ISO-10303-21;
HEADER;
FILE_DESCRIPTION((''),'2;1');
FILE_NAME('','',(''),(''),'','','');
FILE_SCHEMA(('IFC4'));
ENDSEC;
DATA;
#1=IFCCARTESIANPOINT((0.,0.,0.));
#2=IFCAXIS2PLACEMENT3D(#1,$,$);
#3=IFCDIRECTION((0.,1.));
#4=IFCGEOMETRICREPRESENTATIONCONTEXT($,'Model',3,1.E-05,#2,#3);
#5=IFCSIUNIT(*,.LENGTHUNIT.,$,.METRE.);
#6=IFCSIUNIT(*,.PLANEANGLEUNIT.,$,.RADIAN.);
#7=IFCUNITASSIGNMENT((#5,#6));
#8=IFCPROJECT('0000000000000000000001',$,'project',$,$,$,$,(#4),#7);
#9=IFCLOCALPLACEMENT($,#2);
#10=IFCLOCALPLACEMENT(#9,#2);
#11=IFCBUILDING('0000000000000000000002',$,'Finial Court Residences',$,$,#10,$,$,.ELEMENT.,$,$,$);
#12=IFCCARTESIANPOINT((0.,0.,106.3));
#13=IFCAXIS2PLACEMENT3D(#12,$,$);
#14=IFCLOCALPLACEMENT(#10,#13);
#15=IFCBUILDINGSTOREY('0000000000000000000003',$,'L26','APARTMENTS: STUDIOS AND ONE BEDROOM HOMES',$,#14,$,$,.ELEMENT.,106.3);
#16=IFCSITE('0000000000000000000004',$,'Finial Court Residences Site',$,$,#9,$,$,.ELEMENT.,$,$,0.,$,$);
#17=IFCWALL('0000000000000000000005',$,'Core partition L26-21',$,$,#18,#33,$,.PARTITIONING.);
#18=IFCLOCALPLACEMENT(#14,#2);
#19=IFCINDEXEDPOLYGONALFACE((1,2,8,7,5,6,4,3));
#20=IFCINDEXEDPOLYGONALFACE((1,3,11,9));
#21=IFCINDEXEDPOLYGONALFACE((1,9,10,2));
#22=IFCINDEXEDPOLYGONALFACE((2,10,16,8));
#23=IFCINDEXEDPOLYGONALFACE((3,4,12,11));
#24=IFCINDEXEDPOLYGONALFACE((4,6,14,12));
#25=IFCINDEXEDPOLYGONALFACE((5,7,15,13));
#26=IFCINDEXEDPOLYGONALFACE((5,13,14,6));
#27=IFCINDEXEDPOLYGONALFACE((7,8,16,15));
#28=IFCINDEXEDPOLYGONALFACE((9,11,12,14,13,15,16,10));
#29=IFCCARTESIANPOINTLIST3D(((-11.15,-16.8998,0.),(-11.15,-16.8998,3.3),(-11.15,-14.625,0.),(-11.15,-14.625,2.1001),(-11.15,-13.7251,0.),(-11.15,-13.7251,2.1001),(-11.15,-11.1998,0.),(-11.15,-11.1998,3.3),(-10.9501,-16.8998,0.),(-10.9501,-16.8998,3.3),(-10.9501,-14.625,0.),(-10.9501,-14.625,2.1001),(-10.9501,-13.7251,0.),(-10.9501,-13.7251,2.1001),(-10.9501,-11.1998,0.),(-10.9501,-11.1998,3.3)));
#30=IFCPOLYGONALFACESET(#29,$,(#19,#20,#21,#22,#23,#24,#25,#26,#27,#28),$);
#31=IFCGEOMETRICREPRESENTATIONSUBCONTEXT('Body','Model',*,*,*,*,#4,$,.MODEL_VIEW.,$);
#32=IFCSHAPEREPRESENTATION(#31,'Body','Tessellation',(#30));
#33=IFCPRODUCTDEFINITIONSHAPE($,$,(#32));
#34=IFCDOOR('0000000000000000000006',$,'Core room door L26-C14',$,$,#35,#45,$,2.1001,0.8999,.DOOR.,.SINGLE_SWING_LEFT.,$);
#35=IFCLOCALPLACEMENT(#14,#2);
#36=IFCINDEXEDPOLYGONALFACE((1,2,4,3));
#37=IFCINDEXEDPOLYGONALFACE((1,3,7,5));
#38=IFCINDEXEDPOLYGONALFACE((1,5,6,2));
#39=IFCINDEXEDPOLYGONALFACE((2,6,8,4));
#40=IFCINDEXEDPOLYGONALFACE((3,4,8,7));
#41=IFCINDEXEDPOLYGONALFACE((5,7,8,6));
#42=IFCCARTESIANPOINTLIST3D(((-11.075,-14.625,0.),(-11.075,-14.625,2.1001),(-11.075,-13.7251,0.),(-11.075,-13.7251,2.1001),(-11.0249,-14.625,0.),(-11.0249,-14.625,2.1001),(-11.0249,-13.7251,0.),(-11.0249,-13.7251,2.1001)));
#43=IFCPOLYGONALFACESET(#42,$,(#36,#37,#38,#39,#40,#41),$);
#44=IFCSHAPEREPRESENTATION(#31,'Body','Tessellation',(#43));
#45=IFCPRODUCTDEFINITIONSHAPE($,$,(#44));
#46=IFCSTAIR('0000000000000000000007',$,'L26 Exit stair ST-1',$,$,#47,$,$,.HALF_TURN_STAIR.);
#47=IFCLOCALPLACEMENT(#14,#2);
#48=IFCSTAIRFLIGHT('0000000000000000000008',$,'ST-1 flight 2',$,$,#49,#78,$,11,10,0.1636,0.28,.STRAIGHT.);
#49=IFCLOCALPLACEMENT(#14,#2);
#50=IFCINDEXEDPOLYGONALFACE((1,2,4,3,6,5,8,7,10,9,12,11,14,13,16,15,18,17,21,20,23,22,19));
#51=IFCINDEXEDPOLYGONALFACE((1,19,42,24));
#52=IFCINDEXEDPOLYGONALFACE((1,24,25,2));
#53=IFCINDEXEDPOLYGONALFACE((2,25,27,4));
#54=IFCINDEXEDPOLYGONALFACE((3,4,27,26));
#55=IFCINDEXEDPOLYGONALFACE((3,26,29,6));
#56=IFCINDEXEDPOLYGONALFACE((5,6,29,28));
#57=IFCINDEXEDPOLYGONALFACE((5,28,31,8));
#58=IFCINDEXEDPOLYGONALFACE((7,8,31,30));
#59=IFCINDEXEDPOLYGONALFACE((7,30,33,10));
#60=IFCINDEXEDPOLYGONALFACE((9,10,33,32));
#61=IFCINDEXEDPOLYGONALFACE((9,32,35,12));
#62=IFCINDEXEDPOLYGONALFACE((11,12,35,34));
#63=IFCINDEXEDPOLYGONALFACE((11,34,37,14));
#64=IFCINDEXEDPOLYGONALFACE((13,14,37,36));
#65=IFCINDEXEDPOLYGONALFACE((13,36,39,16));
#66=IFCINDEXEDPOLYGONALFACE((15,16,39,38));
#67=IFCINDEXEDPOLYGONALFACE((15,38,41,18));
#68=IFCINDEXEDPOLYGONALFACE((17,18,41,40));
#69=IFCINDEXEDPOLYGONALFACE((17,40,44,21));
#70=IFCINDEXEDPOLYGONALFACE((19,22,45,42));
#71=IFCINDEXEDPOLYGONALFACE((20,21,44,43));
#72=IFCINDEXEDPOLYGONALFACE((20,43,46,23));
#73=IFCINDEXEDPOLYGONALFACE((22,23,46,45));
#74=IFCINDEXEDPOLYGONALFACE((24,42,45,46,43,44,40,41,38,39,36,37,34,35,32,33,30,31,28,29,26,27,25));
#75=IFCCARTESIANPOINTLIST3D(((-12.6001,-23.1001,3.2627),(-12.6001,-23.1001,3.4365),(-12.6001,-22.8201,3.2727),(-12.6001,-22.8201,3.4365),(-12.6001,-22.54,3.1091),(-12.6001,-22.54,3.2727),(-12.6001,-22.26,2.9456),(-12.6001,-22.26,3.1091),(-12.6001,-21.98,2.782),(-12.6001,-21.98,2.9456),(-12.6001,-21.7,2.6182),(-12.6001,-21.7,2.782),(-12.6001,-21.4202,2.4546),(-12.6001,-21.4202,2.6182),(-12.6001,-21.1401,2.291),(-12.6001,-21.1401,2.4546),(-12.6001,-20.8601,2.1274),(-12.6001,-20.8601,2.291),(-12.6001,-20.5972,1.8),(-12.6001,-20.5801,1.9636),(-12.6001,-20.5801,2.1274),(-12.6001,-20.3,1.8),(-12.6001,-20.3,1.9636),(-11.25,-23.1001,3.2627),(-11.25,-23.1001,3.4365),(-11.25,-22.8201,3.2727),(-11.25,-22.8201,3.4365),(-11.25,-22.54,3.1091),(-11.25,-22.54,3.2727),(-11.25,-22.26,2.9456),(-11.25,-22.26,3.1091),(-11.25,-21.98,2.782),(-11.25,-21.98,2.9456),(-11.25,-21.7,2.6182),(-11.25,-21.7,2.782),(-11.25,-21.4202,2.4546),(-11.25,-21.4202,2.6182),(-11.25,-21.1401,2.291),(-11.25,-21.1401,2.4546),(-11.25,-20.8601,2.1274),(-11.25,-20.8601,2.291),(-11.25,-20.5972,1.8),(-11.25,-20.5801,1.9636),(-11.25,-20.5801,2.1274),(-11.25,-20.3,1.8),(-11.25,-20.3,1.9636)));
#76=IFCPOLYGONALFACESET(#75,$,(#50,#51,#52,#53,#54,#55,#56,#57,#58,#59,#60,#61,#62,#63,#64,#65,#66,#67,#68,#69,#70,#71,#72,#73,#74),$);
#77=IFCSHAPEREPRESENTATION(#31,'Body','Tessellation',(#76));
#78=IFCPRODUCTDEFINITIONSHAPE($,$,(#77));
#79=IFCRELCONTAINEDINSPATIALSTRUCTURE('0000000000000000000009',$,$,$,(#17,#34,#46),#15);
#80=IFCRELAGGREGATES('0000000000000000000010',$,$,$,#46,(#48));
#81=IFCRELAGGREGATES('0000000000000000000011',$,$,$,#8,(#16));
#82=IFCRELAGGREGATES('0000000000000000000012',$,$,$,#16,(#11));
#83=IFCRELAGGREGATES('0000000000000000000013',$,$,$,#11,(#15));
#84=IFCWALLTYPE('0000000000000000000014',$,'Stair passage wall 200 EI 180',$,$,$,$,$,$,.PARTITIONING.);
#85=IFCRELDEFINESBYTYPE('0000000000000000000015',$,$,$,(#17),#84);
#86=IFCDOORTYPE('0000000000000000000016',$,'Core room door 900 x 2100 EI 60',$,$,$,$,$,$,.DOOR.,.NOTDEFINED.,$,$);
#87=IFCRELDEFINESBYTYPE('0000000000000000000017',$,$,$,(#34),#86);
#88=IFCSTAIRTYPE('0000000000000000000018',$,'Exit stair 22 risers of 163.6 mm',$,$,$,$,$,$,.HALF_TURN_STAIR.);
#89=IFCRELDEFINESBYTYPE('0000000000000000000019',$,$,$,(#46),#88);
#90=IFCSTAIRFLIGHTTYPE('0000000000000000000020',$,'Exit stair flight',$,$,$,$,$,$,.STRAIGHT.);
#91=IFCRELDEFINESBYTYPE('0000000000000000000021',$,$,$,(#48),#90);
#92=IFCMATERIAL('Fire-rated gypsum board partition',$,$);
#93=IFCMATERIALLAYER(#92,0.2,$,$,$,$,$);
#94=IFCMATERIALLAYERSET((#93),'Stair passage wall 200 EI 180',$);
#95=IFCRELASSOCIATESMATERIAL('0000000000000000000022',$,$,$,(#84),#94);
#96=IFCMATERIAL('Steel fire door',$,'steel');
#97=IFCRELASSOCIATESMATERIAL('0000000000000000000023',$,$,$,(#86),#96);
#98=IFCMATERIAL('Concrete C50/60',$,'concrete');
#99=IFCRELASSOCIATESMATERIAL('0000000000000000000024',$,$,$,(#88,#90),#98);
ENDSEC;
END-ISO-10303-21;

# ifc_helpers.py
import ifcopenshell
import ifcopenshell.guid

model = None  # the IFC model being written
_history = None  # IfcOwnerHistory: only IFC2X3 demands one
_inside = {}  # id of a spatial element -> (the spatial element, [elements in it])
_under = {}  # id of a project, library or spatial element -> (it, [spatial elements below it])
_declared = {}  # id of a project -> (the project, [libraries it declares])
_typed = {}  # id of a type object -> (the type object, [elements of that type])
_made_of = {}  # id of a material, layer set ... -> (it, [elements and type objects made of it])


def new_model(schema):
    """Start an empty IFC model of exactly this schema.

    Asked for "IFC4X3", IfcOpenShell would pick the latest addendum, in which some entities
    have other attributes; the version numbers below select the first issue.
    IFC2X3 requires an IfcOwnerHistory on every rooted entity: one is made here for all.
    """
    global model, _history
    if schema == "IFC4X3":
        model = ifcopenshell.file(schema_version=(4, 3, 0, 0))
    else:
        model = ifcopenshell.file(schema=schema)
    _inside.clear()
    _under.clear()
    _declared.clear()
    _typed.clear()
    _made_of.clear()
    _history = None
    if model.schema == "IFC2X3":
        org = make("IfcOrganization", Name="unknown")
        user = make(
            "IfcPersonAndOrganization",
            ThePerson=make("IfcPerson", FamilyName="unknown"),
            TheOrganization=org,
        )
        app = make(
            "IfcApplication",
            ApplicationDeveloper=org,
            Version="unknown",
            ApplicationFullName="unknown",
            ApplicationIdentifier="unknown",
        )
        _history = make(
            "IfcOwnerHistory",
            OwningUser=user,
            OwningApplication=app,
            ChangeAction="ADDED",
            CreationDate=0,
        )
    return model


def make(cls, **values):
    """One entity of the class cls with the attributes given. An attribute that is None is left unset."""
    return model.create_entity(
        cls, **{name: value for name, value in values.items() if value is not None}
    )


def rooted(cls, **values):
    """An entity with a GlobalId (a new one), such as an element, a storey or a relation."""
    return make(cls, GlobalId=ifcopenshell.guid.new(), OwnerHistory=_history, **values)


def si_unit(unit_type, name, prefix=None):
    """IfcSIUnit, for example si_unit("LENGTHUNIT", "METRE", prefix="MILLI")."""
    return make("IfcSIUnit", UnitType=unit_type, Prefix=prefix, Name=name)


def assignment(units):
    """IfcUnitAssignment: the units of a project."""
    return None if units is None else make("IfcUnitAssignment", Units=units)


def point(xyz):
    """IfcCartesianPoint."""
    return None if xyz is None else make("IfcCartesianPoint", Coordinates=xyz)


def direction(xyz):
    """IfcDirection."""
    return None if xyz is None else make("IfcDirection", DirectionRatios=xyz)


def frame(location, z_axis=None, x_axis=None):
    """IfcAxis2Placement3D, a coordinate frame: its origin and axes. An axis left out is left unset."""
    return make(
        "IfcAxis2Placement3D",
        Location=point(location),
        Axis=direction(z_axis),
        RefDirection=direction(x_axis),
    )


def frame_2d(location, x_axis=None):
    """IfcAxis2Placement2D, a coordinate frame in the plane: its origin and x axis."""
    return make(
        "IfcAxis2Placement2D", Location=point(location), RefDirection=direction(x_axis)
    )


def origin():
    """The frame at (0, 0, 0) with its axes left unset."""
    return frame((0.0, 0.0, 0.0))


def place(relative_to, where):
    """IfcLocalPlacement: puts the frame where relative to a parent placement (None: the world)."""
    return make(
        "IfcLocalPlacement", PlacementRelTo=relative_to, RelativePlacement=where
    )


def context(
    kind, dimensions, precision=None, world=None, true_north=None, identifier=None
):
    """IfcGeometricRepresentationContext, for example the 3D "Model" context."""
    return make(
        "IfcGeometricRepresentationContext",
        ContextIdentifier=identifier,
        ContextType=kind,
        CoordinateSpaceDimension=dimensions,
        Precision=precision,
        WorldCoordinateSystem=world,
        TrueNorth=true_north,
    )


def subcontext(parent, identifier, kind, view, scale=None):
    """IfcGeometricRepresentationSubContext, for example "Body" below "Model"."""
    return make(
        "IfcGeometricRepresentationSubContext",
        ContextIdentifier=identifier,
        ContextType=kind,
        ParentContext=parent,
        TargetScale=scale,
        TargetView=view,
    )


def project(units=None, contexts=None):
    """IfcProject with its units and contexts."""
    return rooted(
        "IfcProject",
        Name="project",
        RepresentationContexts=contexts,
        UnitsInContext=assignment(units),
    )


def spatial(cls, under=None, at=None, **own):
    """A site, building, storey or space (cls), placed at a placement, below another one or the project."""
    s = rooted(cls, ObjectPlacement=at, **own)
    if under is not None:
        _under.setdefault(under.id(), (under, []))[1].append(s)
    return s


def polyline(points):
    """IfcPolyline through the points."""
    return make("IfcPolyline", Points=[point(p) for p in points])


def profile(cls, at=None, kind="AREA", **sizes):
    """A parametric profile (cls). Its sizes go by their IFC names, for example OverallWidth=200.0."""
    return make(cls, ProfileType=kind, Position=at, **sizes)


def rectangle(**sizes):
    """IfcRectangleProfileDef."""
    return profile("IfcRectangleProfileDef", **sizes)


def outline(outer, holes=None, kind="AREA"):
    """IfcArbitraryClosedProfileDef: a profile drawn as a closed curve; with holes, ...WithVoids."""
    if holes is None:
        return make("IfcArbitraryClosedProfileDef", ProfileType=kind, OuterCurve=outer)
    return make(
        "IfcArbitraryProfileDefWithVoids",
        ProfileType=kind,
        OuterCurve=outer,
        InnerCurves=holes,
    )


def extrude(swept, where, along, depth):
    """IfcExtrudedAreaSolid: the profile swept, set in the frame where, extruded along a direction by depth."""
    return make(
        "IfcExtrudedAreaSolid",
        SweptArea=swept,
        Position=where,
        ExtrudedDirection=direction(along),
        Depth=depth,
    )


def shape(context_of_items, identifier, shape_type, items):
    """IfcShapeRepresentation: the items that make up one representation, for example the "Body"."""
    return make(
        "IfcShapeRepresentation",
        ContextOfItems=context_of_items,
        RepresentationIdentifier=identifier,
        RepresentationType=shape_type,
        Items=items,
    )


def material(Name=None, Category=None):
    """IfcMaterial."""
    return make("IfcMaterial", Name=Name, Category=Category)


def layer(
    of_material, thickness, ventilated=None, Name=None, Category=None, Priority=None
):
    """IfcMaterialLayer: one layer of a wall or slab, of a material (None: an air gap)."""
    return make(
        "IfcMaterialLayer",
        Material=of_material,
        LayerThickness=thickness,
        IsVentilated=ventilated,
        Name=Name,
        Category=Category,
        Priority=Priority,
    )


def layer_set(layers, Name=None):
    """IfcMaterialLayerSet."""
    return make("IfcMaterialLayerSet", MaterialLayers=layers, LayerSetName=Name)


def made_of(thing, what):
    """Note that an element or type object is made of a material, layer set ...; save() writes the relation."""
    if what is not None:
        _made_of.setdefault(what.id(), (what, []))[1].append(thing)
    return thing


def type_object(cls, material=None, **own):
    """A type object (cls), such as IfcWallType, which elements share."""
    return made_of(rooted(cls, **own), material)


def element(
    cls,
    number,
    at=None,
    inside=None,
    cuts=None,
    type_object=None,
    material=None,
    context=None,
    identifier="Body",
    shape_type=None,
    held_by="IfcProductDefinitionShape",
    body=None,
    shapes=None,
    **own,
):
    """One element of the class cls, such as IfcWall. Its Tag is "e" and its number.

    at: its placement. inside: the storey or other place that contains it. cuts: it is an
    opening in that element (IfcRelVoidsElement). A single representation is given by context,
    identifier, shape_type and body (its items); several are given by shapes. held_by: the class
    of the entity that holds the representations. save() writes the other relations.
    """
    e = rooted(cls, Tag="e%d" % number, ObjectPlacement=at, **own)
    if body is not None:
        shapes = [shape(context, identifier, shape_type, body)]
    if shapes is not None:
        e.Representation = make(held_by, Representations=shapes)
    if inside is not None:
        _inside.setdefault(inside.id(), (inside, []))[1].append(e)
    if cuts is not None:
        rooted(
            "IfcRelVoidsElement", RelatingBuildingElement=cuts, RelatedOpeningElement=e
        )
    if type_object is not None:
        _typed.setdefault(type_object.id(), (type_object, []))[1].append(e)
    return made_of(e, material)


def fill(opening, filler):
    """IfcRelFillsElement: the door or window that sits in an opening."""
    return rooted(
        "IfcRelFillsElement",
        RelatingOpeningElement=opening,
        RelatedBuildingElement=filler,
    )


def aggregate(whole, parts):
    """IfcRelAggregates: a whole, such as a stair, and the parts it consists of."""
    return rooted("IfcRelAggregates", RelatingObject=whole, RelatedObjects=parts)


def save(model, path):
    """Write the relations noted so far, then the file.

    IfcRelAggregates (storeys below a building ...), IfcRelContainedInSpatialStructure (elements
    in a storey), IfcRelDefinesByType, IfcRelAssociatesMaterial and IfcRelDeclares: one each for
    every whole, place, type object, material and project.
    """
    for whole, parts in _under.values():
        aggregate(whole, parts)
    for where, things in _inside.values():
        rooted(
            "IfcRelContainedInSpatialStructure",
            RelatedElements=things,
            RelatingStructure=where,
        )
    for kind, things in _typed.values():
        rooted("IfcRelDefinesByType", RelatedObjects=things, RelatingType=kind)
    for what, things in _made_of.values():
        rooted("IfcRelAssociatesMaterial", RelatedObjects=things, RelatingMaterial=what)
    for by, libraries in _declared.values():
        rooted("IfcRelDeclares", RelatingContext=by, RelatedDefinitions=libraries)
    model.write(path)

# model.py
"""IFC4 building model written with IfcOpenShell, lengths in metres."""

from ifc_helpers import new_model, si_unit, direction, frame, frame_2d, origin, place, context, subcontext, project, spatial, polyline, rectangle, outline, extrude, material, layer, layer_set, type_object, element, fill, aggregate, save


model = new_model("IFC4")

# Units and contexts
model_context = context("Model", 3, precision=1e-05, world=origin(), true_north=direction((0.0, 1.0)))
body_context = subcontext(model_context, "Body", "Model", "MODEL_VIEW")
ifc_project = project(units=[si_unit("LENGTHUNIT", "METRE"), si_unit("PLANEANGLEUNIT", "RADIAN")], contexts=[model_context])

# Site, building, storey
site_placement = place(None, origin())
site = spatial("IfcSite", under=ifc_project, at=site_placement, Name="Finial Court Residences Site", CompositionType="ELEMENT", RefElevation=0.0)
building_placement = place(site_placement, origin())
building = spatial("IfcBuilding", under=site, at=building_placement, Name="Finial Court Residences", CompositionType="ELEMENT")
storey_placement = place(building_placement, frame((0.0, 0.0, 106.3)))
storey = spatial("IfcBuildingStorey", under=building, at=storey_placement, Name="L26", Description="APARTMENTS: STUDIOS AND ONE BEDROOM HOMES", CompositionType="ELEMENT", Elevation=106.3)

# Wall, opening, door
ifc_material_1 = material(Name="Fire-rated gypsum board partition")
ifc_material_2 = material(Name="Steel fire door", Category="steel")
ifc_layer_1 = layer(ifc_material_1, 0.2)
ifc_layer_set_1 = layer_set([ifc_layer_1], Name="Stair passage wall 200 EI 180")
wall_type_1 = type_object("IfcWallType", Name="Stair passage wall 200 EI 180", PredefinedType="PARTITIONING", material=ifc_layer_set_1)
wall_1_placement = place(storey_placement, frame((-11.05, -16.8999, 0.0), z_axis=(0.0, 0.0, 1.0), x_axis=(0.0, 1.0, 0.0)))
wall_1 = element("IfcWall", 1, at=wall_1_placement, inside=storey, type_object=wall_type_1, Name="Core partition L26-21", PredefinedType="PARTITIONING", context=body_context, shape_type="SweptSolid", body=[
    extrude(rectangle(XDim=5.7, YDim=0.2, at=frame_2d((2.8501, 0.0))), origin(), (0.0, 0.0, 1.0), 3.3),
])
opening_1_placement = place(wall_1_placement, frame((2.2749, 0.0, 0.0)))
opening_1 = element("IfcOpeningElement", 2, at=opening_1_placement, cuts=wall_1, PredefinedType="OPENING", context=body_context, shape_type="SweptSolid", body=[
    extrude(rectangle(XDim=0.8999, YDim=2.1001, at=frame_2d((0.45, 1.05))), frame((0.0, 0.1099, 0.0), z_axis=(0.0, -1.0, 0.0), x_axis=(1.0, 0.0, 0.0)), (0.0, 0.0, 1.0), 0.22),
])
door_type_1 = type_object("IfcDoorType", Name="Core room door 900 x 2100 EI 60", OperationType="NOTDEFINED", PredefinedType="DOOR", material=ifc_material_2)
door_1_placement = place(opening_1_placement, origin())
door_1 = element("IfcDoor", 3, at=door_1_placement, inside=storey, type_object=door_type_1, Name="Core room door L26-C14", OperationType="SINGLE_SWING_LEFT", OverallHeight=2.1001, OverallWidth=0.8999, PredefinedType="DOOR", context=body_context, shape_type="SweptSolid", body=[
    extrude(rectangle(XDim=0.8999, YDim=2.1001, at=frame_2d((0.45, 1.05))), frame((0.0, 0.0249, 0.0), z_axis=(0.0, -1.0, 0.0), x_axis=(1.0, 0.0, 0.0)), (0.0, 0.0, 1.0), 0.05),
])
fill(opening_1, door_1)

# Stair, stair flight
ifc_material_3 = material(Name="Concrete C50/60", Category="concrete")
stair_type = type_object("IfcStairType", Name="Exit stair 22 risers of 163.6 mm", PredefinedType="HALF_TURN_STAIR", material=ifc_material_3)
stair_placement = place(storey_placement, origin())
stair = element("IfcStair", 4, at=stair_placement, inside=storey, type_object=stair_type, Name="L26 Exit stair ST-1", PredefinedType="HALF_TURN_STAIR")
stair_flight_type = type_object("IfcStairFlightType", Name="Exit stair flight", PredefinedType="STRAIGHT", material=ifc_material_3)
stair_flight_placement = place(storey_placement, frame((-11.925, -20.3, 1.8), z_axis=(0.0, 0.0, 1.0), x_axis=(0.0, -1.0, 0.0)))
stair_flight = element("IfcStairFlight", 5, at=stair_flight_placement, type_object=stair_flight_type, Name="ST-1 flight 2", NumberOfRisers=11, NumberOfTreads=10, PredefinedType="STRAIGHT", RiserHeight=0.1636, TreadLength=0.28, context=body_context, shape_type="SweptSolid", body=[
    extrude(outline(polyline([(0.0, 0.0), (0.0, 0.1636), (0.28, 0.1636), (0.28, 0.3274), (0.5601, 0.3274), (0.5601, 0.491), (0.8401, 0.491), (0.8401, 0.6545), (1.1201, 0.6545), (1.1201, 0.8181), (1.3999, 0.8181), (1.3999, 0.9819), (1.6799, 0.9819), (1.6799, 1.1455), (1.96, 1.1455), (1.96, 1.3091), (2.24, 1.3091), (2.24, 1.4727), (2.52, 1.4727), (2.52, 1.6365), (2.8, 1.6365), (2.8, 1.8), (2.8, 1.4626), (0.2971, 0.0), (0.0, 0.0)])), frame((0.0, 0.675, 0.0), z_axis=(0.0, -1.0, 0.0), x_axis=(1.0, 0.0, 0.0)), (0.0, 0.0, 1.0), 1.3501),
])
aggregate(stair, [stair_flight])

save(model, "model.ifc")
